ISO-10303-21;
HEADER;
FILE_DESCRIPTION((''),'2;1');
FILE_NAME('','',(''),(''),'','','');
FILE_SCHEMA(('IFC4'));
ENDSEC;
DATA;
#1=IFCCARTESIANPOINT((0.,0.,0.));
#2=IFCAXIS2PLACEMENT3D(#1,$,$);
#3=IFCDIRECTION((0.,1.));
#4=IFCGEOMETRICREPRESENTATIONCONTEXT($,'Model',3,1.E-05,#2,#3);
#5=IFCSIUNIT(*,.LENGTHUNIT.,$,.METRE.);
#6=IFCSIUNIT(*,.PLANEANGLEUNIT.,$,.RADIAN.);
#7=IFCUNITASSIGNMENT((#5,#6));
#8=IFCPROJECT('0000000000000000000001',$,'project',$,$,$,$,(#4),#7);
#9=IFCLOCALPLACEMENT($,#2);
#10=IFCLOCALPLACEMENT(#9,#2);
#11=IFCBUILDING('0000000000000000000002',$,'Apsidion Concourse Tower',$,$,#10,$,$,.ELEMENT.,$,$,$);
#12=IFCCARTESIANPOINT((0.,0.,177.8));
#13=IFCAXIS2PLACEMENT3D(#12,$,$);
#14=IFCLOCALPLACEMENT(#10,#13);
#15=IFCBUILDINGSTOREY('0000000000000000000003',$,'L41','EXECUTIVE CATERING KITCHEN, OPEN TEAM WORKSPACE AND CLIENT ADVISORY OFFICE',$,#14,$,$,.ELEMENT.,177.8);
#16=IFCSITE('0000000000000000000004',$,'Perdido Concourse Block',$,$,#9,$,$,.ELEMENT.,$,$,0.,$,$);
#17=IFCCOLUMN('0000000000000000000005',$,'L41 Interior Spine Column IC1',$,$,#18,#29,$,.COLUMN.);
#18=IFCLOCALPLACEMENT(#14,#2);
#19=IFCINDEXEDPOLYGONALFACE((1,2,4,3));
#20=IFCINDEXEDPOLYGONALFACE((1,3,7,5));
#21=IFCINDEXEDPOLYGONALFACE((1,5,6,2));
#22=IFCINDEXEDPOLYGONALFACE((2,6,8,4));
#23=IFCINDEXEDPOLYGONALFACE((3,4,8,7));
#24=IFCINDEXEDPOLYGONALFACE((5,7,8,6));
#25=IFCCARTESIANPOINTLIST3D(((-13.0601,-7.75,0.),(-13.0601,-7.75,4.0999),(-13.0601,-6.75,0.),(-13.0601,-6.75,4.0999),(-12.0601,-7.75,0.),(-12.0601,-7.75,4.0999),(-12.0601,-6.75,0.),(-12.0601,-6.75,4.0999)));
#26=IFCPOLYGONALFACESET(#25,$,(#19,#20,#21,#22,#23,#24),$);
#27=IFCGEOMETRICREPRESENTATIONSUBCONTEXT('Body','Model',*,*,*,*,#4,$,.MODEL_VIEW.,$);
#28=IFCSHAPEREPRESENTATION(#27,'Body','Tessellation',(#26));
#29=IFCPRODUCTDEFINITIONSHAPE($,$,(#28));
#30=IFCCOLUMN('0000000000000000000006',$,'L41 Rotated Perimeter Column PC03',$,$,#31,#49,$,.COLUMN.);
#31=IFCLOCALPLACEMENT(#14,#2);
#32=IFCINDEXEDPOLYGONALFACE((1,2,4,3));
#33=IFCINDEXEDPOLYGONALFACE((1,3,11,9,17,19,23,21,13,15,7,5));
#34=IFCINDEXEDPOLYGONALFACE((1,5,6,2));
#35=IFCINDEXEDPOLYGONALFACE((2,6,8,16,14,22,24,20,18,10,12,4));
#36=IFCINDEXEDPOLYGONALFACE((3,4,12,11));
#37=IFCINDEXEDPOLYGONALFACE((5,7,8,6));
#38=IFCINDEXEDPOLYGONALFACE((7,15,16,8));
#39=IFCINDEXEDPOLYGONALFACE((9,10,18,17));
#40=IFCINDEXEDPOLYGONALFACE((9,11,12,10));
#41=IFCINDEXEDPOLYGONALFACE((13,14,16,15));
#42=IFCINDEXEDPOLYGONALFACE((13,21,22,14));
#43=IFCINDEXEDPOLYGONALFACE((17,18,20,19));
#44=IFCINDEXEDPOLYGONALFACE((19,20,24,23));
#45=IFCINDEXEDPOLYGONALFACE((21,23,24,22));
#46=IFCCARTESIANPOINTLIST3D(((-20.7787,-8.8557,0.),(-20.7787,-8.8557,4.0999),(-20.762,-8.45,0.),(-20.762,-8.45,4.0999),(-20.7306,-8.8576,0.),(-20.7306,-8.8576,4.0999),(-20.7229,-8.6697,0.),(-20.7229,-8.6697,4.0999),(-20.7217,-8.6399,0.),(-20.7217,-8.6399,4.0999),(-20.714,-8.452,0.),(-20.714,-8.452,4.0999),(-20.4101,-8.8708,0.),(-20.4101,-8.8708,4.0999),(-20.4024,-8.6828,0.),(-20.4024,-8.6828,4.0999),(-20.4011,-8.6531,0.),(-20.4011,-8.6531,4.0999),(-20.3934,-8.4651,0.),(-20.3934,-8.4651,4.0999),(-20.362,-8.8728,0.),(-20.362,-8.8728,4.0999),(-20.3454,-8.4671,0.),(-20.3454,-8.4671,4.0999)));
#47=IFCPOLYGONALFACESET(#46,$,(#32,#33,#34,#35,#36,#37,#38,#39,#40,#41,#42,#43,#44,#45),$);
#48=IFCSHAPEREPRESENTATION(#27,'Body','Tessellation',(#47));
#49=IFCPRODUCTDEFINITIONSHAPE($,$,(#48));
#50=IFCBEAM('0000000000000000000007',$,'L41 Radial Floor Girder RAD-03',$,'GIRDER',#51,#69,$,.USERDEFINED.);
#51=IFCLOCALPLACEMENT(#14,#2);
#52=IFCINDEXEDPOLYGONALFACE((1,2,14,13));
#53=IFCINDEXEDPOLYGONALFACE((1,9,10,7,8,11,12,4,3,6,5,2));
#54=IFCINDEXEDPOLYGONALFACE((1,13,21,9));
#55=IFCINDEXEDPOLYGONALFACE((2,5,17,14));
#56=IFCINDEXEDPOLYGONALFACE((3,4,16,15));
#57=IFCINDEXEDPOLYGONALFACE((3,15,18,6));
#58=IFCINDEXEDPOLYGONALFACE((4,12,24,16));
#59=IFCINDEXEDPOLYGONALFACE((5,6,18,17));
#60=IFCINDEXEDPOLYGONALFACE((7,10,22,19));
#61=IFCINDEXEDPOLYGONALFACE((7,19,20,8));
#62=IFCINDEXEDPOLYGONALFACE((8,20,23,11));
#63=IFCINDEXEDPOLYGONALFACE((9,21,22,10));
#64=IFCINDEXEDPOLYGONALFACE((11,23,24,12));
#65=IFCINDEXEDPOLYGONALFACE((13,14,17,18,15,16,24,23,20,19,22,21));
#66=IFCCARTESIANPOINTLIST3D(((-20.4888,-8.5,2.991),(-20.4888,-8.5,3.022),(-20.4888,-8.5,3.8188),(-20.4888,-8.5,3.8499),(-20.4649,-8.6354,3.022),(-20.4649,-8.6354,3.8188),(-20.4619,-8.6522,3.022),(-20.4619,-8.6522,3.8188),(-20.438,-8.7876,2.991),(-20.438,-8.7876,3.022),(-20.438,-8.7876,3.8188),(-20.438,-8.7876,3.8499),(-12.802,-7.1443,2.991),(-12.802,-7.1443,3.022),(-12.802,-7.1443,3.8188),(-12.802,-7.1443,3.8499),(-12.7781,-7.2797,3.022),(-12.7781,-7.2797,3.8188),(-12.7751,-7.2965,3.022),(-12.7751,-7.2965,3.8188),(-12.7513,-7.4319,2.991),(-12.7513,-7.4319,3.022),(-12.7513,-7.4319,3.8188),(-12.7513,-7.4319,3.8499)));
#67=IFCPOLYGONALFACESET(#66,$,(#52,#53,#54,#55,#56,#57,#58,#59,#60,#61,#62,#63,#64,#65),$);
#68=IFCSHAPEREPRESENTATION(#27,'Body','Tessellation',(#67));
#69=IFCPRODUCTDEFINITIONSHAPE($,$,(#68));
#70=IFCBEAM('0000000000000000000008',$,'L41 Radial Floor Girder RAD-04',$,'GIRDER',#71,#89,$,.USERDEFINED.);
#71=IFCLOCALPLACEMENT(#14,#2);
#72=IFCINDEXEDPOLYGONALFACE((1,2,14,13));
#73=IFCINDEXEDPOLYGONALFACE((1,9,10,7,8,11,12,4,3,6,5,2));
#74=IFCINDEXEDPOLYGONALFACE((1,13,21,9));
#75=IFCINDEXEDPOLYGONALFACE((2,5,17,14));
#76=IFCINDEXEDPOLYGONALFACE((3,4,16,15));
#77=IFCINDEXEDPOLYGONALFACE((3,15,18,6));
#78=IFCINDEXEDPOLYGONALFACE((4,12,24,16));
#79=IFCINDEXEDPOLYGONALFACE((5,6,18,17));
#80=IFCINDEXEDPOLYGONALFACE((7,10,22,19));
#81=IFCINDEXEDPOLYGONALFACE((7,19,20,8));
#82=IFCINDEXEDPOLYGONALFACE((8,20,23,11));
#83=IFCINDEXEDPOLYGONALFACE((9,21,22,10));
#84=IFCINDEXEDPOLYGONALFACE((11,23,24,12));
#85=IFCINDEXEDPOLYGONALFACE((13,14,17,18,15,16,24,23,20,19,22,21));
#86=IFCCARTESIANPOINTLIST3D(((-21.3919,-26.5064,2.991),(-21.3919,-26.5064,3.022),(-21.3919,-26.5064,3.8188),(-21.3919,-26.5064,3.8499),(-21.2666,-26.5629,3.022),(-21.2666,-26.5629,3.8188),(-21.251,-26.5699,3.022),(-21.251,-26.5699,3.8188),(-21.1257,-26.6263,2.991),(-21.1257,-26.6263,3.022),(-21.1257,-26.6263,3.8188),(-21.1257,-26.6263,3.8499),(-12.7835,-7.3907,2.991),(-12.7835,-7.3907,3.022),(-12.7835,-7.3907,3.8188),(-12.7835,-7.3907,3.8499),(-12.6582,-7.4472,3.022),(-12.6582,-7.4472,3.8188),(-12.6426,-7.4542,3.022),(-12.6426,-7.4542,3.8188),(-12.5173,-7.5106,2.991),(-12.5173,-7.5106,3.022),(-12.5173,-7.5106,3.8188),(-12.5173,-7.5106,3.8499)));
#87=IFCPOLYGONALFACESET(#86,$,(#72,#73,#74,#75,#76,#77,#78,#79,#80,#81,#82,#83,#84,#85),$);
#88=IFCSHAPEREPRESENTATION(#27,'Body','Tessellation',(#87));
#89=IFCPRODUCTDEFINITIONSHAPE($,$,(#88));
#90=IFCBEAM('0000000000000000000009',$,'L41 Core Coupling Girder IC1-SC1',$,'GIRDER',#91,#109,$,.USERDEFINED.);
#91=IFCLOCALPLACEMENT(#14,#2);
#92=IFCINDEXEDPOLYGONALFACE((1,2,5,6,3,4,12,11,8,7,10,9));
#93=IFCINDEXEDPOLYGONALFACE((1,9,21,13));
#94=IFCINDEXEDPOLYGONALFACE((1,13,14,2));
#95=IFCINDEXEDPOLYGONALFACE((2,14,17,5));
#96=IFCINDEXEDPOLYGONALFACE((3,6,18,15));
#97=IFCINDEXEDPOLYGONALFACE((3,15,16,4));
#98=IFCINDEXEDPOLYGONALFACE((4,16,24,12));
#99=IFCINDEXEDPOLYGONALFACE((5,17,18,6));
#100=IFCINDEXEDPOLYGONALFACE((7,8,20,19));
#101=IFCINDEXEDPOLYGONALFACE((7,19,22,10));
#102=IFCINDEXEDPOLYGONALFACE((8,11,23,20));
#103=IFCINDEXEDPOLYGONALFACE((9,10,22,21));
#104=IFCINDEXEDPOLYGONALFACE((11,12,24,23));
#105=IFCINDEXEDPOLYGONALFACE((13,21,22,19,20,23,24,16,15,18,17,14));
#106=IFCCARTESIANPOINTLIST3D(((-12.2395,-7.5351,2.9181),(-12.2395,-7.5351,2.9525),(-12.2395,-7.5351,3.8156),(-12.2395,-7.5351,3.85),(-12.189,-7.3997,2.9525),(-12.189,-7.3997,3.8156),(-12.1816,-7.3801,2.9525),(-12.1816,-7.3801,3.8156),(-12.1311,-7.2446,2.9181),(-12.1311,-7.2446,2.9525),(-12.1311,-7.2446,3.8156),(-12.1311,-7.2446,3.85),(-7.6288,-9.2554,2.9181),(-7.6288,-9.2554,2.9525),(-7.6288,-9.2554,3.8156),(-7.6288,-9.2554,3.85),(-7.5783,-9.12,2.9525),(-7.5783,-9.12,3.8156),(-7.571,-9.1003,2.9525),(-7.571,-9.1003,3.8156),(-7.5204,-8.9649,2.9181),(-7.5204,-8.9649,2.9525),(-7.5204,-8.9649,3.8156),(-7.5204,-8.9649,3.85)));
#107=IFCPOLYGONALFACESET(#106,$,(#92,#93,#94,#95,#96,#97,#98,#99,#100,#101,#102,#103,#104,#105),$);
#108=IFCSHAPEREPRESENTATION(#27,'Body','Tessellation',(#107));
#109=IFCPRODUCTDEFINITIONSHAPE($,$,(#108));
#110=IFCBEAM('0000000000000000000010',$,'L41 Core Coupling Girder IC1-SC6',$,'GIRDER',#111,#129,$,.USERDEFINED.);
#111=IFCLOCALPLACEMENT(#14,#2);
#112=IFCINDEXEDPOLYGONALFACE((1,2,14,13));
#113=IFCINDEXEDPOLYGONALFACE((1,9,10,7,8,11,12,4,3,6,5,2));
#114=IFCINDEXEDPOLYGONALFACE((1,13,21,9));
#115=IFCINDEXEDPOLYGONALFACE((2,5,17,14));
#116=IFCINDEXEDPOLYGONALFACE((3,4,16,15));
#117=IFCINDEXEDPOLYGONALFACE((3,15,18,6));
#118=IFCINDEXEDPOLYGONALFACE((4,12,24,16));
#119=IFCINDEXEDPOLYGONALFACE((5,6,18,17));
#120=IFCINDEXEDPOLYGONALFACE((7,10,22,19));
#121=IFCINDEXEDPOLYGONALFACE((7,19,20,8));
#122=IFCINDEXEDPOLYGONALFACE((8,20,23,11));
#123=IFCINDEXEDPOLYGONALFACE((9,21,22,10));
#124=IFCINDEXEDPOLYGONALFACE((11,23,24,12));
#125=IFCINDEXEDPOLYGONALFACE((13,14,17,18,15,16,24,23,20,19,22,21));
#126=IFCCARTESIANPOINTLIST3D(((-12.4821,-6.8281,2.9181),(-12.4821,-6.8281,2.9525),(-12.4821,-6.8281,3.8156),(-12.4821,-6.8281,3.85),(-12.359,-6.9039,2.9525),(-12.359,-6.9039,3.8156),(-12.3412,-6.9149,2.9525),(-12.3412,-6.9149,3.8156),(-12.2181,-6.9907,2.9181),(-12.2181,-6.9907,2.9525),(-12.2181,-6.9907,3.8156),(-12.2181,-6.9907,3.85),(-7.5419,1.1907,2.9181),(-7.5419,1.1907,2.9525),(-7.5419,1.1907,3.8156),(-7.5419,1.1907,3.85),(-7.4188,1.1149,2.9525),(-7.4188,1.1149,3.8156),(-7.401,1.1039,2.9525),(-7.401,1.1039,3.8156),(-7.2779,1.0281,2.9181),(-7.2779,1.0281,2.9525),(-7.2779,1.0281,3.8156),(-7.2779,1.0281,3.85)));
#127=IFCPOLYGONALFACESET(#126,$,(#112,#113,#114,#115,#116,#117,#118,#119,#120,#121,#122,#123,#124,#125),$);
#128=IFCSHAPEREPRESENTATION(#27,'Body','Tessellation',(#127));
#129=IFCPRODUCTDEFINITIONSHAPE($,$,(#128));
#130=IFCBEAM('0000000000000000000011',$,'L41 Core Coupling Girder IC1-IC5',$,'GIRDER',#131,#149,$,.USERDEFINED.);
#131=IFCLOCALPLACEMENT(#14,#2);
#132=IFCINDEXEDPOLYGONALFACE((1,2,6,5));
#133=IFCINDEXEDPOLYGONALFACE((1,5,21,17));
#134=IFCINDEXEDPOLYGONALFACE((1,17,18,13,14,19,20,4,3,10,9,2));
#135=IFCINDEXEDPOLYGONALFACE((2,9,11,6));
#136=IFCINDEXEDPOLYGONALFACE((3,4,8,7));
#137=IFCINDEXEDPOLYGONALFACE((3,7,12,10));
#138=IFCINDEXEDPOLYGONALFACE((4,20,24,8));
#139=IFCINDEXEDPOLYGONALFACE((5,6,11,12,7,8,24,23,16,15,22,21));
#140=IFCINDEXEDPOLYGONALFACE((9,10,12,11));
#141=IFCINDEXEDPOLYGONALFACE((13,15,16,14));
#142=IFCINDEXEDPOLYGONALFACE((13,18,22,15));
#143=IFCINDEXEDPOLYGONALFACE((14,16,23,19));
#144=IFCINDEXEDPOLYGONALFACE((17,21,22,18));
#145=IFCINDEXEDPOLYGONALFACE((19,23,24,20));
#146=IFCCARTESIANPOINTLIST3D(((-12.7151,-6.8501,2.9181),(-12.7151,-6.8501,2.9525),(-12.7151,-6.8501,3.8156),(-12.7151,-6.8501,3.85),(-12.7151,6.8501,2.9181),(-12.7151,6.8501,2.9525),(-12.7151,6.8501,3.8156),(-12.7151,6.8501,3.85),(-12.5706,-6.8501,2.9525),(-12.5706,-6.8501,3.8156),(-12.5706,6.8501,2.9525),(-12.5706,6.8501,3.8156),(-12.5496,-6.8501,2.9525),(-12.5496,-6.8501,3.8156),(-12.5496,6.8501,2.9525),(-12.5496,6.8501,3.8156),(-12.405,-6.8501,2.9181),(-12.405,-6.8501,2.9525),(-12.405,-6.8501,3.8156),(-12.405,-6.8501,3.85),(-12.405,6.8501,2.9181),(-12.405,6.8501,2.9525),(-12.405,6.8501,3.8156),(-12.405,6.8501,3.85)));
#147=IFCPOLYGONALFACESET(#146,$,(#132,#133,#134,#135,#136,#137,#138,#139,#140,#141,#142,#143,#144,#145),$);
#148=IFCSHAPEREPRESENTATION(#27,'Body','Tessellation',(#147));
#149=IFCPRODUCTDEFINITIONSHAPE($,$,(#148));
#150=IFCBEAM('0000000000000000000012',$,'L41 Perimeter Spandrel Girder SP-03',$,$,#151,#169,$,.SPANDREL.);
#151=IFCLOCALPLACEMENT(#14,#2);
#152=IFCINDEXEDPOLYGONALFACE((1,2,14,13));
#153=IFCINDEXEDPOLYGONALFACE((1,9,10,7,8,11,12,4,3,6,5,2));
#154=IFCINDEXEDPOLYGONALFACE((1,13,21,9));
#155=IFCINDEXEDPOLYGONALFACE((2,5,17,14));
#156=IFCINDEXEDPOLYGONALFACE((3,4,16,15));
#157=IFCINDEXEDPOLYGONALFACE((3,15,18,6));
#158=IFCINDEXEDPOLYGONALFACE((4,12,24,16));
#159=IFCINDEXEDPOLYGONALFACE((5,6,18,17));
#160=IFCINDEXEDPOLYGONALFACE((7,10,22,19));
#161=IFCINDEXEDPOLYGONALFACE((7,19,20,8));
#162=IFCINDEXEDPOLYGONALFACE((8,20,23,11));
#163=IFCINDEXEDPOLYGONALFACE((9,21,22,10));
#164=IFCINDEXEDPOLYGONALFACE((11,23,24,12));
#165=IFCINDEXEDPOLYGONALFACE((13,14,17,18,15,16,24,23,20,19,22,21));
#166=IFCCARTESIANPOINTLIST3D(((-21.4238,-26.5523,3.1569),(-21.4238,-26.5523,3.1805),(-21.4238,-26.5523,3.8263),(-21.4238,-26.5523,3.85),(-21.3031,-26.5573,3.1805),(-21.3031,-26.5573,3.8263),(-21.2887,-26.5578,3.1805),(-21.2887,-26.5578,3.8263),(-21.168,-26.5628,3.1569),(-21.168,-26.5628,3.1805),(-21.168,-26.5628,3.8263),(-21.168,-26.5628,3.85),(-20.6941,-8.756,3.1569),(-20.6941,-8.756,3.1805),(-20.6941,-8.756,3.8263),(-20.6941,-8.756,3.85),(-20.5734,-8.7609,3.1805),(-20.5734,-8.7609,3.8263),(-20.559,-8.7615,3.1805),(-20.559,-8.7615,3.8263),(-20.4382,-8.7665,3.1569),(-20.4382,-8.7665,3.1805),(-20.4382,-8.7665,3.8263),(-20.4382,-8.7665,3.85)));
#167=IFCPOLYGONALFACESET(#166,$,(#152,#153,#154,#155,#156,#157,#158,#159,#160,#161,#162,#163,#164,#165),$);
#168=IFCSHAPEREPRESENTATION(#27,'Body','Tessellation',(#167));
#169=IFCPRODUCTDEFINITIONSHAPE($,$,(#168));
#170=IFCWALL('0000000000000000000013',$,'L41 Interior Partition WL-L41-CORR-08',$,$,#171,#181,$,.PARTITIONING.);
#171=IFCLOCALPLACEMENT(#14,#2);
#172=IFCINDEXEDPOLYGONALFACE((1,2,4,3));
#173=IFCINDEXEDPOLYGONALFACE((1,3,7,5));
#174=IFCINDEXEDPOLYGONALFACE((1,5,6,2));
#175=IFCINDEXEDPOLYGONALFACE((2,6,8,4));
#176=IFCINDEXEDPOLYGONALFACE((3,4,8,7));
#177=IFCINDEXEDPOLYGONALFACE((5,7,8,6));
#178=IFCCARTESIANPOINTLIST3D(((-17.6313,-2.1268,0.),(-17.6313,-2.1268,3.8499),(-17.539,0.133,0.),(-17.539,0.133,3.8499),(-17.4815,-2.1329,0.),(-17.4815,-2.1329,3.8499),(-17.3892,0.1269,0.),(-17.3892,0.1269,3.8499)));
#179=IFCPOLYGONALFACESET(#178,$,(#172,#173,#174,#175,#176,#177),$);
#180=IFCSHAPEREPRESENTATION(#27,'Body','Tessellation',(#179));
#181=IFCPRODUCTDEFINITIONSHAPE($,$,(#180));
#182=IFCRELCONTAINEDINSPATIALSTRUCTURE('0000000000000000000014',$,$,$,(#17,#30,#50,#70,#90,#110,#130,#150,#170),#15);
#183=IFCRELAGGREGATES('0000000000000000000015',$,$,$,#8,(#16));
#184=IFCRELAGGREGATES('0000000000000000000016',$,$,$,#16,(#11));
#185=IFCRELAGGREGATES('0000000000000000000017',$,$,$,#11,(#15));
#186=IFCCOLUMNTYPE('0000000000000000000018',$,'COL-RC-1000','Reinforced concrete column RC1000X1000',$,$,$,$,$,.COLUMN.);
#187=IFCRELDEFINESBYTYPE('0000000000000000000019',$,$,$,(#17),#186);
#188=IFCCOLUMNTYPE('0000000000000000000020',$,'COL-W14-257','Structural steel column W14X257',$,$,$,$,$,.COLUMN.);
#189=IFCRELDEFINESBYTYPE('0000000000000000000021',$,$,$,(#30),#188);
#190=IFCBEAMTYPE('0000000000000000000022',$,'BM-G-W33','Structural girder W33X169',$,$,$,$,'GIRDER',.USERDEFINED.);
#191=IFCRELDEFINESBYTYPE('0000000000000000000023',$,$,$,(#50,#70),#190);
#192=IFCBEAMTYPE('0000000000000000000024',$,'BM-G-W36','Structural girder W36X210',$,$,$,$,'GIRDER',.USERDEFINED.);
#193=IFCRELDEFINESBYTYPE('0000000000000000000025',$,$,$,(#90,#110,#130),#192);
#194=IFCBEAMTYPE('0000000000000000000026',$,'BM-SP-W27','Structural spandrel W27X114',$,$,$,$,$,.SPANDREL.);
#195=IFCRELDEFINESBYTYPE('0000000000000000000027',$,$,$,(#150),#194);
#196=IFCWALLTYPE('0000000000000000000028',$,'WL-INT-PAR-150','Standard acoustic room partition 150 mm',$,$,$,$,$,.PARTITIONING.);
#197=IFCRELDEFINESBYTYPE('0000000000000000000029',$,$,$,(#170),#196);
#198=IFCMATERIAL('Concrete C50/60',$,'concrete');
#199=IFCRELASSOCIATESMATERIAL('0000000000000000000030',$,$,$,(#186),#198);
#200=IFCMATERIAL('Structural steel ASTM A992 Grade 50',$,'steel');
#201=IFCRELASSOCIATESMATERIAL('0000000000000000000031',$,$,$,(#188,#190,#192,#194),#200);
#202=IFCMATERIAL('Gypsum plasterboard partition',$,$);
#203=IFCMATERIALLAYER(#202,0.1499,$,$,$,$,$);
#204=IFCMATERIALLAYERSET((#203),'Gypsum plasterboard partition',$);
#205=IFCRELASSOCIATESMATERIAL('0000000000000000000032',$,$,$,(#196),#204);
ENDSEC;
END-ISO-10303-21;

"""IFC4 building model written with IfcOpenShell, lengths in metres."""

from ifc_helpers import new_model, si_unit, direction, frame, frame_2d, origin, origin_2d, place, context, subcontext, project, spatial, rectangle, i_section, extrude, material, layer, layer_set, material_profile, profile_set, type_object, element, save


model = new_model("IFC4")

# Units and contexts
model_context = context("Model", 3, precision=1e-05, world=origin(), true_north=direction((0.0, 1.0)))
body_context = subcontext(model_context, "Body", "Model", "MODEL_VIEW")
ifc_project = project(units=[si_unit("LENGTHUNIT", "METRE"), si_unit("PLANEANGLEUNIT", "RADIAN")], contexts=[model_context])

# Site, building, storey
site_placement = place(None, origin())
site = spatial("IfcSite", under=ifc_project, at=site_placement, Name="Perdido Concourse Block", CompositionType="ELEMENT", RefElevation=0.0)
building_placement = place(site_placement, origin())
building = spatial("IfcBuilding", under=site, at=building_placement, Name="Apsidion Concourse Tower", CompositionType="ELEMENT")
storey_placement = place(building_placement, frame((0.0, 0.0, 177.8)))
storey = spatial("IfcBuildingStorey", under=building, at=storey_placement, Name="L41", Description="EXECUTIVE CATERING KITCHEN, OPEN TEAM WORKSPACE AND CLIENT ADVISORY OFFICE", CompositionType="ELEMENT", Elevation=177.8)

# Columns
ifc_material_1 = material(Name="Concrete C50/60", Category="concrete")
ifc_material_profile_1 = material_profile(ifc_material_1, rectangle(XDim=1.0, YDim=1.0, at=origin_2d()), Name="RC 1000x1000")
ifc_profile_set_1 = profile_set([ifc_material_profile_1], Name="Concrete C50/60")
column_type_1 = type_object("IfcColumnType", Name="COL-RC-1000", Description="Reinforced concrete column RC1000X1000", PredefinedType="COLUMN", material=ifc_profile_set_1)
column_1_placement = place(storey_placement, frame((-12.5601, -7.25, 0.0), z_axis=(0.0, 0.0, 1.0), x_axis=(1.0, 0.0, 0.0)))
element("IfcColumn", 1, at=column_1_placement, inside=storey, type_object=column_type_1, Name="L41 Interior Spine Column IC1", PredefinedType="COLUMN", context=body_context, shape_type="SweptSolid", body=[
    extrude(rectangle(XDim=1.0, YDim=1.0, at=origin_2d()), origin(), (0.0, 0.0, 1.0), 4.0999),
])
ifc_material_2 = material(Name="Structural steel ASTM A992 Grade 50", Category="steel")
ifc_material_profile_2 = material_profile(ifc_material_2, i_section(OverallWidth=0.406, OverallDepth=0.417, WebThickness=0.0298, FlangeThickness=0.0481, at=origin_2d()), Name="W14X257")
ifc_profile_set_2 = profile_set([ifc_material_profile_2], Name="Structural steel ASTM A992 Grade 50")
column_type_2 = type_object("IfcColumnType", Name="COL-W14-257", Description="Structural steel column W14X257", PredefinedType="COLUMN", material=ifc_profile_set_2)
column_2_placement = place(storey_placement, frame((-20.562, -8.6614, 0.0), z_axis=(0.0, 0.0, 1.0), x_axis=(0.041004, 0.999159, 0.0)))
element("IfcColumn", 2, at=column_2_placement, inside=storey, type_object=column_type_2, Name="L41 Rotated Perimeter Column PC03", PredefinedType="COLUMN", context=body_context, shape_type="SweptSolid", body=[
    extrude(i_section(OverallWidth=0.406, OverallDepth=0.417, WebThickness=0.0298, FlangeThickness=0.0481, at=origin_2d()), origin(), (0.0, 0.0, 1.0), 4.0999),
])

# Beams
ifc_material_profile_3 = material_profile(ifc_material_2, i_section(OverallWidth=0.292, OverallDepth=0.8589, WebThickness=0.0171, FlangeThickness=0.031, at=origin_2d()), Name="W33X169")
ifc_profile_set_3 = profile_set([ifc_material_profile_3], Name="Structural steel ASTM A992 Grade 50")
beam_type_1 = type_object("IfcBeamType", Name="BM-G-W33", Description="Structural girder W33X169", ElementType="GIRDER", PredefinedType="USERDEFINED", material=ifc_profile_set_3)
beam_1_placement = place(storey_placement, frame((-12.7766, -7.2881, 3.4204), z_axis=(-0.984801, -0.173689, 0.0), x_axis=(0.173689, -0.984801, 0.0)))
element("IfcBeam", 3, at=beam_1_placement, inside=storey, type_object=beam_type_1, Name="L41 Radial Floor Girder RAD-03", ObjectType="GIRDER", PredefinedType="USERDEFINED", context=body_context, shape_type="SweptSolid", body=[
    extrude(i_section(OverallWidth=0.292, OverallDepth=0.8589, WebThickness=0.0171, FlangeThickness=0.031, at=origin_2d()), origin(), (0.0, 0.0, 1.0), 7.8054),
])
beam_2_placement = place(storey_placement, frame((-12.6504, -7.4507, 3.4204), z_axis=(-0.410615, -0.911809, 0.0), x_axis=(0.911809, -0.410615, 0.0)))
element("IfcBeam", 4, at=beam_2_placement, inside=storey, type_object=beam_type_1, Name="L41 Radial Floor Girder RAD-04", ObjectType="GIRDER", PredefinedType="USERDEFINED", context=body_context, shape_type="SweptSolid", body=[
    extrude(i_section(OverallWidth=0.292, OverallDepth=0.8589, WebThickness=0.0171, FlangeThickness=0.031, at=origin_2d()), origin(), (0.0, 0.0, 1.0), 20.9646),
])
ifc_material_profile_4 = material_profile(ifc_material_2, i_section(OverallWidth=0.3101, OverallDepth=0.9319, WebThickness=0.021, FlangeThickness=0.0344, at=origin_2d()), Name="W36X210")
ifc_profile_set_4 = profile_set([ifc_material_profile_4], Name="Structural steel ASTM A992 Grade 50")
beam_type_2 = type_object("IfcBeamType", Name="BM-G-W36", Description="Structural girder W36X210", ElementType="GIRDER", PredefinedType="USERDEFINED", material=ifc_profile_set_4)
beam_3_placement = place(storey_placement, frame((-12.1853, -7.3899, 3.384), z_axis=(0.936913, -0.349563, 0.0), x_axis=(0.349563, 0.936913, 0.0)))
element("IfcBeam", 5, at=beam_3_placement, inside=storey, type_object=beam_type_2, Name="L41 Core Coupling Girder IC1-SC1", ObjectType="GIRDER", PredefinedType="USERDEFINED", context=body_context, shape_type="SweptSolid", body=[
    extrude(i_section(OverallWidth=0.3101, OverallDepth=0.9319, WebThickness=0.021, FlangeThickness=0.0344, at=origin_2d()), origin(), (0.0, 0.0, 1.0), 4.9211),
])
beam_4_placement = place(storey_placement, frame((-12.3501, -6.9094, 3.384), z_axis=(0.524524, 0.851396, 0.0), x_axis=(-0.851396, 0.524524, 0.0)))
element("IfcBeam", 6, at=beam_4_placement, inside=storey, type_object=beam_type_2, Name="L41 Core Coupling Girder IC1-SC6", ObjectType="GIRDER", PredefinedType="USERDEFINED", context=body_context, shape_type="SweptSolid", body=[
    extrude(i_section(OverallWidth=0.3101, OverallDepth=0.9319, WebThickness=0.021, FlangeThickness=0.0344, at=origin_2d()), origin(), (0.0, 0.0, 1.0), 9.4185),
])
beam_5_placement = place(storey_placement, frame((-12.5601, -6.8501, 3.384), z_axis=(0.0, 1.0, 0.0), x_axis=(-1.0, 0.0, 0.0)))
element("IfcBeam", 7, at=beam_5_placement, inside=storey, type_object=beam_type_2, Name="L41 Core Coupling Girder IC1-IC5", ObjectType="GIRDER", PredefinedType="USERDEFINED", context=body_context, shape_type="SweptSolid", body=[
    extrude(i_section(OverallWidth=0.3101, OverallDepth=0.9319, WebThickness=0.021, FlangeThickness=0.0344, at=origin_2d()), origin(), (0.0, 0.0, 1.0), 13.7002),
])
ifc_material_profile_5 = material_profile(ifc_material_2, i_section(OverallWidth=0.2561, OverallDepth=0.6931, WebThickness=0.0144, FlangeThickness=0.0237, at=origin_2d()), Name="W27X114")
ifc_profile_set_5 = profile_set([ifc_material_profile_5], Name="Structural steel ASTM A992 Grade 50")
beam_type_3 = type_object("IfcBeamType", Name="BM-SP-W27", Description="Structural spandrel W27X114", PredefinedType="SPANDREL", material=ifc_profile_set_5)
beam_6_placement = place(storey_placement, frame((-20.5662, -8.7612, 3.5034), z_axis=(-0.04097, -0.99916, 0.0), x_axis=(0.99916, -0.04097, 0.0)))
element("IfcBeam", 8, at=beam_6_placement, inside=storey, type_object=beam_type_3, Name="L41 Perimeter Spandrel Girder SP-03", PredefinedType="SPANDREL", context=body_context, shape_type="SweptSolid", body=[
    extrude(i_section(OverallWidth=0.2561, OverallDepth=0.6931, WebThickness=0.0144, FlangeThickness=0.0237, at=origin_2d()), origin(), (0.0, 0.0, 1.0), 17.8113),
])

# Wall
ifc_material_3 = material(Name="Gypsum plasterboard partition")
ifc_layer = layer(ifc_material_3, 0.1499)
ifc_layer_set = layer_set([ifc_layer], Name="Gypsum plasterboard partition")
wall_type = type_object("IfcWallType", Name="WL-INT-PAR-150", Description="Standard acoustic room partition 150 mm", PredefinedType="PARTITIONING", material=ifc_layer_set)
wall_1_placement = place(storey_placement, frame((-17.5564, -2.1299, 0.0), z_axis=(0.0, 0.0, 1.0), x_axis=(0.040804, 0.999167, 0.0)))
element("IfcWall", 9, at=wall_1_placement, inside=storey, type_object=wall_type, Name="L41 Interior Partition WL-L41-CORR-08", PredefinedType="PARTITIONING", context=body_context, shape_type="SweptSolid", body=[
    extrude(rectangle(XDim=2.2617, YDim=0.1499, at=frame_2d((1.1309, 0.0))), origin(), (0.0, 0.0, 1.0), 3.8499),
])

save(model, "model.ifc")
